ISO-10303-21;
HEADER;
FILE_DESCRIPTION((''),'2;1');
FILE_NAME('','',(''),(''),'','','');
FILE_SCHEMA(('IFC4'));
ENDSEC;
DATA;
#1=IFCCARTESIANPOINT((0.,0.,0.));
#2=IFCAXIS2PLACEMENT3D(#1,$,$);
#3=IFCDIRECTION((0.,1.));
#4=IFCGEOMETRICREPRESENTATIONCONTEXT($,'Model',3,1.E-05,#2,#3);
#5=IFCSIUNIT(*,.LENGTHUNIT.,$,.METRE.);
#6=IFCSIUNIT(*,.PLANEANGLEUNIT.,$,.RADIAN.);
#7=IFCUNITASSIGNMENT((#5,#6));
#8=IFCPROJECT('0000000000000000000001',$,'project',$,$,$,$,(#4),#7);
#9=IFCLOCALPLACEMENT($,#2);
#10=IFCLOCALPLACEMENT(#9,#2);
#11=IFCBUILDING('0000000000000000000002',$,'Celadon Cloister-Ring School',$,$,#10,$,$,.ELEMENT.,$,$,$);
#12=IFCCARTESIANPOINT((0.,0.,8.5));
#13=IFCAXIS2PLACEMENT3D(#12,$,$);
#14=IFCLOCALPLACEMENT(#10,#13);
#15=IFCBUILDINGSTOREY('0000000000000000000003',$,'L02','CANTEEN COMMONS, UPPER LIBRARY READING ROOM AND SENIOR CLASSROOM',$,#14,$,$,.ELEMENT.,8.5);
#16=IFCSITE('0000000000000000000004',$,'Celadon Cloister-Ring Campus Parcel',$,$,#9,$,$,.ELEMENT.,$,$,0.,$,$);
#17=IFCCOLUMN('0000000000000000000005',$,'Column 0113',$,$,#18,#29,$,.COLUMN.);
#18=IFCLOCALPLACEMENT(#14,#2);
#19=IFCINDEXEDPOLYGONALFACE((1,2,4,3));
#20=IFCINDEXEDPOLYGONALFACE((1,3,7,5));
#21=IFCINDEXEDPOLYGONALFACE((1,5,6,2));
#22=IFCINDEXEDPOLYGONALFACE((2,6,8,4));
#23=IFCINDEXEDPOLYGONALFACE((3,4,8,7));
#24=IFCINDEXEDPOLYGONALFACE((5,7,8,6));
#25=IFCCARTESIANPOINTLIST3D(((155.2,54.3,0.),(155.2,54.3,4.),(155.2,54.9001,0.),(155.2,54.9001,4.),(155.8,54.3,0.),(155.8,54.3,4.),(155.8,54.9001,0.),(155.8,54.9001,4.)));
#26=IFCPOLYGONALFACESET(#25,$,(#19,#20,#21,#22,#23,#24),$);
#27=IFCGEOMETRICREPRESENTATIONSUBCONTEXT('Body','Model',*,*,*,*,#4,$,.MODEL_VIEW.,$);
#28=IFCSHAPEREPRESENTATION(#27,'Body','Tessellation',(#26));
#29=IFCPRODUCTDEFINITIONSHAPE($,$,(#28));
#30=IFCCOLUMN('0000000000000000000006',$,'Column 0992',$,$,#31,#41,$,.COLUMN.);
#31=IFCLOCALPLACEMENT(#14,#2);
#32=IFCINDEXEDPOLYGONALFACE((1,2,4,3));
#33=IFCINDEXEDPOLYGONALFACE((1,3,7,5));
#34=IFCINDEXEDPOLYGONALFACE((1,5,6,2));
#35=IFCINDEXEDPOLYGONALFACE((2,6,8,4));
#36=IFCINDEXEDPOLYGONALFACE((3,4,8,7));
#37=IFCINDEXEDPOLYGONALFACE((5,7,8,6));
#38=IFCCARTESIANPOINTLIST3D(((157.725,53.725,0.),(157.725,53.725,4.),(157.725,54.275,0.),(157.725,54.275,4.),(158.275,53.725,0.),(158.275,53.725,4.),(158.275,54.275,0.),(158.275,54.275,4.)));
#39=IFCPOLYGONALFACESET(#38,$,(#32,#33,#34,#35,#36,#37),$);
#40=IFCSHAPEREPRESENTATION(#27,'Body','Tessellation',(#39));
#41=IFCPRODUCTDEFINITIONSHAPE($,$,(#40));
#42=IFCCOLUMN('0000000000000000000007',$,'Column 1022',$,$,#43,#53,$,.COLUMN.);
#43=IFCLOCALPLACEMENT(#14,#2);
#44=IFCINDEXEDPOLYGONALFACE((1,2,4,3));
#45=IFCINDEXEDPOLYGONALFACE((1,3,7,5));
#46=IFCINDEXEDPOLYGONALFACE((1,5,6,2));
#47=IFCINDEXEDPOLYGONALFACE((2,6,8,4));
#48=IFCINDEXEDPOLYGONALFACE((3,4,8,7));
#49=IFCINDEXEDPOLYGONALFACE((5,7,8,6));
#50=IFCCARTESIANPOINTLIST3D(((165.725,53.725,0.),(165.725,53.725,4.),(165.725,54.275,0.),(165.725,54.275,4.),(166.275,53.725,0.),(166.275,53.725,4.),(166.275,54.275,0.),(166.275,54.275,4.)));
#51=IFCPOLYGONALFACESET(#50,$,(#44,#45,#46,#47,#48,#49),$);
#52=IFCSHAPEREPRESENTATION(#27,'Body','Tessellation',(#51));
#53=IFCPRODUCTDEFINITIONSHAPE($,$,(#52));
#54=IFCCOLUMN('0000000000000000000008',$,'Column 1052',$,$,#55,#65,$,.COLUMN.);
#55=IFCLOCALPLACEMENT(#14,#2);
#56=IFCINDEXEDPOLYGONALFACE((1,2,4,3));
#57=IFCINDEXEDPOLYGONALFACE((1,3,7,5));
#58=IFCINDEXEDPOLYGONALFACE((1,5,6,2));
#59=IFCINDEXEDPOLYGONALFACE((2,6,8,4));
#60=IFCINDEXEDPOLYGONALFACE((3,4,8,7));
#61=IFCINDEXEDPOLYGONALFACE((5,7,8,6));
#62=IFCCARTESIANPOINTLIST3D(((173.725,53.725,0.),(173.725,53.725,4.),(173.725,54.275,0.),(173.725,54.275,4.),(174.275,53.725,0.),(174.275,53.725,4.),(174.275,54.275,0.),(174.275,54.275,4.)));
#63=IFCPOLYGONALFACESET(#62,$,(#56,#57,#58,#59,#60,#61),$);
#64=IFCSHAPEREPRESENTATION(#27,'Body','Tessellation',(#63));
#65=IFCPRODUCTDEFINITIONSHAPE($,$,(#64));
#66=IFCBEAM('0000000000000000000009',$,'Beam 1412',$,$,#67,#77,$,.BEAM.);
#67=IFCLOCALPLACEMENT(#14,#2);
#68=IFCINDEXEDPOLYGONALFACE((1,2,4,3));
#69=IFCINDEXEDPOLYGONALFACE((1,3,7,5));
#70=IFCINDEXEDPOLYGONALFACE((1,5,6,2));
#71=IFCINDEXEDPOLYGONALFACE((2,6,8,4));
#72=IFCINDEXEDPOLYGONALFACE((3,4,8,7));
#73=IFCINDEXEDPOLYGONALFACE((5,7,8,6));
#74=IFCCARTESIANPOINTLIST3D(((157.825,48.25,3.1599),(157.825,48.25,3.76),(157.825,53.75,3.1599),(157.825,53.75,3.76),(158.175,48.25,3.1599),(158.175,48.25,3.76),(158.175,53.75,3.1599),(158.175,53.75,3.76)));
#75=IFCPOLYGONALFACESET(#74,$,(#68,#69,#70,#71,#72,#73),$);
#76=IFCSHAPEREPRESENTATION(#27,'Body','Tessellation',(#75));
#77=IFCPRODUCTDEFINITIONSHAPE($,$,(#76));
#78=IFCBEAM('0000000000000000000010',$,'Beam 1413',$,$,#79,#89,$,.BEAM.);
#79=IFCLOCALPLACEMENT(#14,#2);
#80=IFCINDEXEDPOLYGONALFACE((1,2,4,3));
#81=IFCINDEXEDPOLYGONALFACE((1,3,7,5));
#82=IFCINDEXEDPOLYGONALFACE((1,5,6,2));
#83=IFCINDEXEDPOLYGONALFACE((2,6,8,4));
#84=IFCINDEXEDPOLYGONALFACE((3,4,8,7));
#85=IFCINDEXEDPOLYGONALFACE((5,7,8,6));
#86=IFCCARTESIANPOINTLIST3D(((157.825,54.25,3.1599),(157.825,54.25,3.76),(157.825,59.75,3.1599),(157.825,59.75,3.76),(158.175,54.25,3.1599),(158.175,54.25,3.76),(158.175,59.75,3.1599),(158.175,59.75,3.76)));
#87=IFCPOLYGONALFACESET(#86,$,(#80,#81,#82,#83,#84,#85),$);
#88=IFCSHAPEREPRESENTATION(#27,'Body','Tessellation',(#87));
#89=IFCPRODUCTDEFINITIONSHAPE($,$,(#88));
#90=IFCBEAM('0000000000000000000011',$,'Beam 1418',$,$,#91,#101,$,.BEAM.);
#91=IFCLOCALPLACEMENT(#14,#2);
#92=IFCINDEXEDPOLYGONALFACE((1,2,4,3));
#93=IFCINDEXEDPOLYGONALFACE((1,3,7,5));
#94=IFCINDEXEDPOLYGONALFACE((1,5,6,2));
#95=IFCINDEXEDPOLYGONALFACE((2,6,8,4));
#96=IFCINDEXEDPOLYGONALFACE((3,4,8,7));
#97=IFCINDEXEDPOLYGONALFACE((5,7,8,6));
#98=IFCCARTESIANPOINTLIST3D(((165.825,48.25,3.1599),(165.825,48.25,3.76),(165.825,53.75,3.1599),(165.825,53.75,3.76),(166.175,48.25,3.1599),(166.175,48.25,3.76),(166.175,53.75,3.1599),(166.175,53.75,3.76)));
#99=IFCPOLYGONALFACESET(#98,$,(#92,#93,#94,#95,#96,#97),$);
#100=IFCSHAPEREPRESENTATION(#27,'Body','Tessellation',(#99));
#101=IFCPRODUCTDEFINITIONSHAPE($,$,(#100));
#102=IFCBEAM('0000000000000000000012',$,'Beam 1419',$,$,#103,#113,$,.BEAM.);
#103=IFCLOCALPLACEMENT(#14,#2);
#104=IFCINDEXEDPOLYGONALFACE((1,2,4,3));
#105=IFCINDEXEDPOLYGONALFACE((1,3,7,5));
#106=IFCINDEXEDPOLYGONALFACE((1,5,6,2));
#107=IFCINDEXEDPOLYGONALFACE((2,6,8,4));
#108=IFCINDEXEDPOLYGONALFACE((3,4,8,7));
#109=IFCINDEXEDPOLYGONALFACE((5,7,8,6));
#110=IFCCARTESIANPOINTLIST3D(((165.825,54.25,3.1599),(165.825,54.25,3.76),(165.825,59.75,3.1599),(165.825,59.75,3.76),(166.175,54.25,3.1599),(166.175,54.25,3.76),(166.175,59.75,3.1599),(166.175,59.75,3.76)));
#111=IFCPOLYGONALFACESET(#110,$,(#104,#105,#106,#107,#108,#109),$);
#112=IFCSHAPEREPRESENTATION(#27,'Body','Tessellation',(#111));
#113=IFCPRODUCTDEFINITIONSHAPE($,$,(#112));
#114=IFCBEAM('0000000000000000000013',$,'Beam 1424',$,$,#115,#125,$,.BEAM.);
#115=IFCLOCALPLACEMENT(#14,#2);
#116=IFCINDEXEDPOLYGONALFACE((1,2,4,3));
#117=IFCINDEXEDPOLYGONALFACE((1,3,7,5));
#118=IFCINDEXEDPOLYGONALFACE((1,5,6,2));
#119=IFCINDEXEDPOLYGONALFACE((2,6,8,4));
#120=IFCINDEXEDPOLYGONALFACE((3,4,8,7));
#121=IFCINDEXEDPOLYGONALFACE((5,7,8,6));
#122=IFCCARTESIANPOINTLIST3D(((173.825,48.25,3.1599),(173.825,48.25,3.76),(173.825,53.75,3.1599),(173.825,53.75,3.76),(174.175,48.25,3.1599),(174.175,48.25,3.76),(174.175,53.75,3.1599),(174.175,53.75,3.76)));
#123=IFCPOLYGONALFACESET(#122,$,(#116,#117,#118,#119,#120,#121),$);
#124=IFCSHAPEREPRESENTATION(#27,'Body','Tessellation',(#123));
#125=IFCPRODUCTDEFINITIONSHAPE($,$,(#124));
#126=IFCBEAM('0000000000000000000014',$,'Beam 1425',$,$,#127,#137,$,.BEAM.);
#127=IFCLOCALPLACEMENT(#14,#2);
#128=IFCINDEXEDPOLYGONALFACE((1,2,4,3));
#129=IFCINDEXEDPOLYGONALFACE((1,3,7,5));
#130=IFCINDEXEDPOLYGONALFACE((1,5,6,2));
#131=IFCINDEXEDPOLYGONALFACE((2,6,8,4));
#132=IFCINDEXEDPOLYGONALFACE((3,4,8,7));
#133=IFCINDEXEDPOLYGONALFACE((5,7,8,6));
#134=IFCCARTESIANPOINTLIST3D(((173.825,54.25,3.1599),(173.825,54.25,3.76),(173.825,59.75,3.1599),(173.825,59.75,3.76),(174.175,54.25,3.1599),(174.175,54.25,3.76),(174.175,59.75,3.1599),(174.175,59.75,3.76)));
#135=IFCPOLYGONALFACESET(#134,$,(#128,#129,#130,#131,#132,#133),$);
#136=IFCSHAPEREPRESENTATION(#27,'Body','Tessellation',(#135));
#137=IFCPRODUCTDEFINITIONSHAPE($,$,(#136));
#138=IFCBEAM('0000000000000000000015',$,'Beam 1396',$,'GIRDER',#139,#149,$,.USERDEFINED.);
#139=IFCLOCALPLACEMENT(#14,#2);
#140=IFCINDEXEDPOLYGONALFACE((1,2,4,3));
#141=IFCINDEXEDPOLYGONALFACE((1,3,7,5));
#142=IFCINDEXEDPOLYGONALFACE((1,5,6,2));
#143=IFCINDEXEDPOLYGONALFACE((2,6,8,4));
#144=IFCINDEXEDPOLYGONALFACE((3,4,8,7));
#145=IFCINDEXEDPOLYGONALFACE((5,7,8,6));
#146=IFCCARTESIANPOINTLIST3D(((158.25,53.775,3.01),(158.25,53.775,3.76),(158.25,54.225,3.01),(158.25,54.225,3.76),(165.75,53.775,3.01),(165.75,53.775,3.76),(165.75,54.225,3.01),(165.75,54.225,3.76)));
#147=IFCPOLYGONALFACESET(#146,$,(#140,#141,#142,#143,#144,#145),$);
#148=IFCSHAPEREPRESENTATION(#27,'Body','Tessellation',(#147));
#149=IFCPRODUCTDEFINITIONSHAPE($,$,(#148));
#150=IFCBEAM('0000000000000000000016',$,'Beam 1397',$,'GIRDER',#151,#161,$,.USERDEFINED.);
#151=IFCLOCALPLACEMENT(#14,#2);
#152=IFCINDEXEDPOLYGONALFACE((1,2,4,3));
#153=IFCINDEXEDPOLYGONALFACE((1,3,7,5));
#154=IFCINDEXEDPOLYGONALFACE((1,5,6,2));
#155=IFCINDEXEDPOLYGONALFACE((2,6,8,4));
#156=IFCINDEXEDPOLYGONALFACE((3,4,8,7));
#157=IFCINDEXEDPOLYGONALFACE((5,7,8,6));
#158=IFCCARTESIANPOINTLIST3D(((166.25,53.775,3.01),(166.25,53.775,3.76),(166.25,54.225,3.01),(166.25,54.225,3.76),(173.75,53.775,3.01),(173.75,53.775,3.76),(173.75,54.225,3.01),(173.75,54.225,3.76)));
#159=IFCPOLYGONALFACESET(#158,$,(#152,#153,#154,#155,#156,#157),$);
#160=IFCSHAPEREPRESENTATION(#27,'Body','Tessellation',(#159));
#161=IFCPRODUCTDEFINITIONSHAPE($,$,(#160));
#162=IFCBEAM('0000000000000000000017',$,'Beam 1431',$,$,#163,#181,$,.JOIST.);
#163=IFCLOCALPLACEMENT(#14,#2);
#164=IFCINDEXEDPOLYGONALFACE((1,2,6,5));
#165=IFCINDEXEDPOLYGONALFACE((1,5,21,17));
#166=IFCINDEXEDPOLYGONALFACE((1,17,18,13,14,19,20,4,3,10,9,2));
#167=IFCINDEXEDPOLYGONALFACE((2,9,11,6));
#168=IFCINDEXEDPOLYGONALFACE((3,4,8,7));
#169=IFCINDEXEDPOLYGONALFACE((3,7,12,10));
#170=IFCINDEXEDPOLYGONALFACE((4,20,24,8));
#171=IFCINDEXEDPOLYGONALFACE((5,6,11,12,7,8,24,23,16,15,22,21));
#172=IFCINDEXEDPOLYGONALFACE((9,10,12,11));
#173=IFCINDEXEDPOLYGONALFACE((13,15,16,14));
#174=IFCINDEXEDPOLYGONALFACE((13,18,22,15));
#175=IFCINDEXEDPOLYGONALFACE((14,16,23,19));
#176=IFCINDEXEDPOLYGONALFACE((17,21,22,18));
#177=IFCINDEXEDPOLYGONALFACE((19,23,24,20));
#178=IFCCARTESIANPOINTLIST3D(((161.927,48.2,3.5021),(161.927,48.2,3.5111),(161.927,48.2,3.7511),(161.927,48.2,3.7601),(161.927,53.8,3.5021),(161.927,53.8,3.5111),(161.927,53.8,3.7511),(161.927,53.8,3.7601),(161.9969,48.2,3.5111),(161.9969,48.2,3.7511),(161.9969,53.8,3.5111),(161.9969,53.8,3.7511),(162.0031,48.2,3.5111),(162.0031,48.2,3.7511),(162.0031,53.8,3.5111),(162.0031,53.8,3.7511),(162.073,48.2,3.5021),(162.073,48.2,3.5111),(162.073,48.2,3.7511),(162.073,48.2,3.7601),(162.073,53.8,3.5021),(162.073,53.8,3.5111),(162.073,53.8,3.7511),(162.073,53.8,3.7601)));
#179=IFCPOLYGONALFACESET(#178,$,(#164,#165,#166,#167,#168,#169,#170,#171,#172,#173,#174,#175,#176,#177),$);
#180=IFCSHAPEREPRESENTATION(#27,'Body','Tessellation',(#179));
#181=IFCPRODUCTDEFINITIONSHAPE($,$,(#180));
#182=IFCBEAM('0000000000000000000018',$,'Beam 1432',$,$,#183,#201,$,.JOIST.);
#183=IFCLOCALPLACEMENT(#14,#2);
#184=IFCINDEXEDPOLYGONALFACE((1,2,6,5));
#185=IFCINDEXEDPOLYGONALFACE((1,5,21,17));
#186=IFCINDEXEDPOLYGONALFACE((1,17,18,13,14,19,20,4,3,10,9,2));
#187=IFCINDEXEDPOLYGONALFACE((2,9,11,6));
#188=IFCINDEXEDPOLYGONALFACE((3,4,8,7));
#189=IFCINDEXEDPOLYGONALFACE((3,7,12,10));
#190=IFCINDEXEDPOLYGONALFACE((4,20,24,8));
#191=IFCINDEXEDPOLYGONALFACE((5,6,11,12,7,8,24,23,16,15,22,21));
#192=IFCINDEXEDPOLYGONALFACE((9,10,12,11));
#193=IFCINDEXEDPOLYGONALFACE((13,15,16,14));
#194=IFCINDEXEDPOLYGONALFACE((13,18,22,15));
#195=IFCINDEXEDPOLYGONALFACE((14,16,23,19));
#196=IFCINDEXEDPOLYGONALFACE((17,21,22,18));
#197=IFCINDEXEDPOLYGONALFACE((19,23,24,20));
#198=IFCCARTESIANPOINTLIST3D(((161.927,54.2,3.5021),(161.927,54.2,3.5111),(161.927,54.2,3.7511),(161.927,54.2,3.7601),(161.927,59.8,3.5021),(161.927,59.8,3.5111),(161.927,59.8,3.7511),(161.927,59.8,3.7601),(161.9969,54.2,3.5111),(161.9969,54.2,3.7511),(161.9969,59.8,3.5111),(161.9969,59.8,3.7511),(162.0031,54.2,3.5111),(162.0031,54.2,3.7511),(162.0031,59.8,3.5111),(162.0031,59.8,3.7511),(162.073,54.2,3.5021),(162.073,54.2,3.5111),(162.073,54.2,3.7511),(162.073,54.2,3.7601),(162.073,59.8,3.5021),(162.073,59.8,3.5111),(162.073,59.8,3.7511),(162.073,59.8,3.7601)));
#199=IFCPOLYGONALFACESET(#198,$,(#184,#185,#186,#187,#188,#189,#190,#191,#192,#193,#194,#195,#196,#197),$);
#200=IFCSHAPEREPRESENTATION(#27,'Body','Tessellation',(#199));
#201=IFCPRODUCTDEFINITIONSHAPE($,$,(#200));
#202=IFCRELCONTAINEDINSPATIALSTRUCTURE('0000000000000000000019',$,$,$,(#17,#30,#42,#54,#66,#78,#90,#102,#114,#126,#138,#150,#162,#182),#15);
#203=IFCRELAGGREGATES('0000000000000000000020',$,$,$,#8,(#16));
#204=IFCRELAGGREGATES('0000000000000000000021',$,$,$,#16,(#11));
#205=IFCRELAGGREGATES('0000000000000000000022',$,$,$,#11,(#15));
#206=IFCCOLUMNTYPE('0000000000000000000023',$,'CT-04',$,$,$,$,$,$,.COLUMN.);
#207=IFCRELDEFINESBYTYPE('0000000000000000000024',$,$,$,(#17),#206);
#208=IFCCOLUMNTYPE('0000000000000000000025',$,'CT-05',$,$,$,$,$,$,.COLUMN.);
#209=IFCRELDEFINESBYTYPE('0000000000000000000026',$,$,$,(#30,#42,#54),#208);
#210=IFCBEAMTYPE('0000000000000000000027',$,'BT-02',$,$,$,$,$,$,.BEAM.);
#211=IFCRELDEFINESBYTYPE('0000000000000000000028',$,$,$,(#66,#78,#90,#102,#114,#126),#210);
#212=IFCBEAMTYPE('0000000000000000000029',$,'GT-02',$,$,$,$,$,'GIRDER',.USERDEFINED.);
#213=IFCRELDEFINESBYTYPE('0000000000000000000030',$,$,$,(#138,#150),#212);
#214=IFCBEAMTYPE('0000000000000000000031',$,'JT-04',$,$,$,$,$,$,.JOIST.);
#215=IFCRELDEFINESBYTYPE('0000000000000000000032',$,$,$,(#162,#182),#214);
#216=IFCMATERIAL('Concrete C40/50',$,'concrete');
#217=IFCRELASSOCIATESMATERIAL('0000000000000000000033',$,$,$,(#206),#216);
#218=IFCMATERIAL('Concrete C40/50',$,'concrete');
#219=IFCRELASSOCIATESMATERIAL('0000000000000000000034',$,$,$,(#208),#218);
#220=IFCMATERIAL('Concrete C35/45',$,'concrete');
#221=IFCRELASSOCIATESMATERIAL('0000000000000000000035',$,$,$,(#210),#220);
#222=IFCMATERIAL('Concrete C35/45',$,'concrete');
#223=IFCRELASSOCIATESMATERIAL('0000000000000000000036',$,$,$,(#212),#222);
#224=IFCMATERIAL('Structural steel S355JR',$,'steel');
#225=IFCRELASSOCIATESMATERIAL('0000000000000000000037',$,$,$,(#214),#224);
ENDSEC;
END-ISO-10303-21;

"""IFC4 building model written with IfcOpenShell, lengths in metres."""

from ifc_helpers import new_model, si_unit, direction, frame, origin, origin_2d, place, context, subcontext, project, spatial, rectangle, i_section, extrude, material, material_profile, profile_set, type_object, element, save


model = new_model("IFC4")

# Units and contexts
model_context = context("Model", 3, precision=1e-05, world=origin(), true_north=direction((0.0, 1.0)))
body_context = subcontext(model_context, "Body", "Model", "MODEL_VIEW")
ifc_project = project(units=[si_unit("LENGTHUNIT", "METRE"), si_unit("PLANEANGLEUNIT", "RADIAN")], contexts=[model_context])

# Site, building, storey
site_placement = place(None, origin())
site = spatial("IfcSite", under=ifc_project, at=site_placement, Name="Celadon Cloister-Ring Campus Parcel", CompositionType="ELEMENT", RefElevation=0.0)
building_placement = place(site_placement, origin())
building = spatial("IfcBuilding", under=site, at=building_placement, Name="Celadon Cloister-Ring School", CompositionType="ELEMENT")
storey_placement = place(building_placement, frame((0.0, 0.0, 8.5)))
storey = spatial("IfcBuildingStorey", under=building, at=storey_placement, Name="L02", Description="CANTEEN COMMONS, UPPER LIBRARY READING ROOM AND SENIOR CLASSROOM", CompositionType="ELEMENT", Elevation=8.5)

# Columns
ifc_material_1 = material(Name="Concrete C40/50", Category="concrete")
ifc_material_profile_1 = material_profile(ifc_material_1, rectangle(XDim=0.6001, YDim=0.6001, at=origin_2d()), Name="RC600X600")
ifc_profile_set_1 = profile_set([ifc_material_profile_1], Name="Concrete C40/50")
column_type_1 = type_object("IfcColumnType", Name="CT-04", PredefinedType="COLUMN", material=ifc_profile_set_1)
column_placement = place(storey_placement, frame((155.5, 54.6001, 0.0), z_axis=(0.0, 0.0, 1.0), x_axis=(1.0, 0.0, 0.0)))
element("IfcColumn", 1, at=column_placement, inside=storey, type_object=column_type_1, Name="Column 0113", PredefinedType="COLUMN", context=body_context, shape_type="SweptSolid", body=[
    extrude(rectangle(XDim=0.6001, YDim=0.6001, at=origin_2d()), origin(), (0.0, 0.0, 1.0), 4.0),
])
ifc_material_2 = material(Name="Concrete C40/50", Category="concrete")
ifc_material_profile_2 = material_profile(ifc_material_2, rectangle(XDim=0.55, YDim=0.55, at=origin_2d()), Name="RC550X550")
ifc_profile_set_2 = profile_set([ifc_material_profile_2], Name="Concrete C40/50")
column_type_2 = type_object("IfcColumnType", Name="CT-05", PredefinedType="COLUMN", material=ifc_profile_set_2)
for number, where, z_axis, x_axis, name in (
    (2, (158.0, 54.0, 0.0), (0.0, 0.0, 1.0), (1.0, 0.0, 0.0), "Column 0992"),
    (3, (166.0, 54.0, 0.0), (0.0, 0.0, 1.0), (1.0, 0.0, 0.0), "Column 1022"),
    (4, (174.0, 54.0, 0.0), (0.0, 0.0, 1.0), (1.0, 0.0, 0.0), "Column 1052"),
):
    element("IfcColumn", number, at=place(storey_placement, frame(where, z_axis=z_axis, x_axis=x_axis)), inside=storey, type_object=column_type_2, Name=name, PredefinedType="COLUMN", context=body_context, shape_type="SweptSolid", body=[
        extrude(rectangle(XDim=0.55, YDim=0.55, at=origin_2d()), origin(), (0.0, 0.0, 1.0), 4.0),
    ])

# Beams
ifc_material_3 = material(Name="Concrete C35/45", Category="concrete")
ifc_material_profile_3 = material_profile(ifc_material_3, rectangle(XDim=0.3501, YDim=0.6001, at=origin_2d()), Name="RC350X600")
ifc_profile_set_3 = profile_set([ifc_material_profile_3], Name="Concrete C35/45")
beam_type_1 = type_object("IfcBeamType", Name="BT-02", PredefinedType="BEAM", material=ifc_profile_set_3)
for number, where, z_axis, x_axis, name in (
    (5, (158.0, 48.25, 3.46), (0.0, 1.0, 0.0), (-1.0, 0.0, 0.0), "Beam 1412"),
    (6, (158.0, 54.25, 3.46), (0.0, 1.0, 0.0), (-1.0, 0.0, 0.0), "Beam 1413"),
    (7, (166.0, 48.25, 3.46), (0.0, 1.0, 0.0), (-1.0, 0.0, 0.0), "Beam 1418"),
    (8, (166.0, 54.25, 3.46), (0.0, 1.0, 0.0), (-1.0, 0.0, 0.0), "Beam 1419"),
    (9, (174.0, 48.25, 3.46), (0.0, 1.0, 0.0), (-1.0, 0.0, 0.0), "Beam 1424"),
    (10, (174.0, 54.25, 3.46), (0.0, 1.0, 0.0), (-1.0, 0.0, 0.0), "Beam 1425"),
):
    element("IfcBeam", number, at=place(storey_placement, frame(where, z_axis=z_axis, x_axis=x_axis)), inside=storey, type_object=beam_type_1, Name=name, PredefinedType="BEAM", context=body_context, shape_type="SweptSolid", body=[
        extrude(rectangle(XDim=0.3501, YDim=0.6001, at=origin_2d()), origin(), (0.0, 0.0, 1.0), 5.5),
    ])
ifc_material_4 = material(Name="Concrete C35/45", Category="concrete")
ifc_material_profile_4 = material_profile(ifc_material_4, rectangle(XDim=0.45, YDim=0.75, at=origin_2d()), Name="RC450X750")
ifc_profile_set_4 = profile_set([ifc_material_profile_4], Name="Concrete C35/45")
beam_type_2 = type_object("IfcBeamType", Name="GT-02", ElementType="GIRDER", PredefinedType="USERDEFINED", material=ifc_profile_set_4)
for number, where, z_axis, x_axis, name in (
    (11, (158.25, 54.0, 3.385), (1.0, 0.0, 0.0), (0.0, 1.0, 0.0), "Beam 1396"),
    (12, (166.25, 54.0, 3.385), (1.0, 0.0, 0.0), (0.0, 1.0, 0.0), "Beam 1397"),
):
    element("IfcBeam", number, at=place(storey_placement, frame(where, z_axis=z_axis, x_axis=x_axis)), inside=storey, type_object=beam_type_2, Name=name, ObjectType="GIRDER", PredefinedType="USERDEFINED", context=body_context, shape_type="SweptSolid", body=[
        extrude(rectangle(XDim=0.45, YDim=0.75, at=origin_2d()), origin(), (0.0, 0.0, 1.0), 7.5),
    ])
ifc_material_5 = material(Name="Structural steel S355JR", Category="steel")
ifc_material_profile_5 = material_profile(ifc_material_5, i_section(OverallWidth=0.146, OverallDepth=0.2581, WebThickness=0.0061, FlangeThickness=0.009, at=origin_2d()), Name="W250X33")
ifc_profile_set_5 = profile_set([ifc_material_profile_5], Name="Structural steel S355JR")
beam_type_3 = type_object("IfcBeamType", Name="JT-04", PredefinedType="JOIST", material=ifc_profile_set_5)
for number, where, z_axis, x_axis, name in (
    (13, (162.0, 48.2, 3.6311), (0.0, 1.0, 0.0), (-1.0, 0.0, 0.0), "Beam 1431"),
    (14, (162.0, 54.2, 3.6311), (0.0, 1.0, 0.0), (-1.0, 0.0, 0.0), "Beam 1432"),
):
    element("IfcBeam", number, at=place(storey_placement, frame(where, z_axis=z_axis, x_axis=x_axis)), inside=storey, type_object=beam_type_3, Name=name, PredefinedType="JOIST", context=body_context, shape_type="SweptSolid", body=[
        extrude(i_section(OverallWidth=0.146, OverallDepth=0.2581, WebThickness=0.0061, FlangeThickness=0.009, at=origin_2d()), origin(), (0.0, 0.0, 1.0), 5.6001),
    ])

save(model, "model.ifc")
